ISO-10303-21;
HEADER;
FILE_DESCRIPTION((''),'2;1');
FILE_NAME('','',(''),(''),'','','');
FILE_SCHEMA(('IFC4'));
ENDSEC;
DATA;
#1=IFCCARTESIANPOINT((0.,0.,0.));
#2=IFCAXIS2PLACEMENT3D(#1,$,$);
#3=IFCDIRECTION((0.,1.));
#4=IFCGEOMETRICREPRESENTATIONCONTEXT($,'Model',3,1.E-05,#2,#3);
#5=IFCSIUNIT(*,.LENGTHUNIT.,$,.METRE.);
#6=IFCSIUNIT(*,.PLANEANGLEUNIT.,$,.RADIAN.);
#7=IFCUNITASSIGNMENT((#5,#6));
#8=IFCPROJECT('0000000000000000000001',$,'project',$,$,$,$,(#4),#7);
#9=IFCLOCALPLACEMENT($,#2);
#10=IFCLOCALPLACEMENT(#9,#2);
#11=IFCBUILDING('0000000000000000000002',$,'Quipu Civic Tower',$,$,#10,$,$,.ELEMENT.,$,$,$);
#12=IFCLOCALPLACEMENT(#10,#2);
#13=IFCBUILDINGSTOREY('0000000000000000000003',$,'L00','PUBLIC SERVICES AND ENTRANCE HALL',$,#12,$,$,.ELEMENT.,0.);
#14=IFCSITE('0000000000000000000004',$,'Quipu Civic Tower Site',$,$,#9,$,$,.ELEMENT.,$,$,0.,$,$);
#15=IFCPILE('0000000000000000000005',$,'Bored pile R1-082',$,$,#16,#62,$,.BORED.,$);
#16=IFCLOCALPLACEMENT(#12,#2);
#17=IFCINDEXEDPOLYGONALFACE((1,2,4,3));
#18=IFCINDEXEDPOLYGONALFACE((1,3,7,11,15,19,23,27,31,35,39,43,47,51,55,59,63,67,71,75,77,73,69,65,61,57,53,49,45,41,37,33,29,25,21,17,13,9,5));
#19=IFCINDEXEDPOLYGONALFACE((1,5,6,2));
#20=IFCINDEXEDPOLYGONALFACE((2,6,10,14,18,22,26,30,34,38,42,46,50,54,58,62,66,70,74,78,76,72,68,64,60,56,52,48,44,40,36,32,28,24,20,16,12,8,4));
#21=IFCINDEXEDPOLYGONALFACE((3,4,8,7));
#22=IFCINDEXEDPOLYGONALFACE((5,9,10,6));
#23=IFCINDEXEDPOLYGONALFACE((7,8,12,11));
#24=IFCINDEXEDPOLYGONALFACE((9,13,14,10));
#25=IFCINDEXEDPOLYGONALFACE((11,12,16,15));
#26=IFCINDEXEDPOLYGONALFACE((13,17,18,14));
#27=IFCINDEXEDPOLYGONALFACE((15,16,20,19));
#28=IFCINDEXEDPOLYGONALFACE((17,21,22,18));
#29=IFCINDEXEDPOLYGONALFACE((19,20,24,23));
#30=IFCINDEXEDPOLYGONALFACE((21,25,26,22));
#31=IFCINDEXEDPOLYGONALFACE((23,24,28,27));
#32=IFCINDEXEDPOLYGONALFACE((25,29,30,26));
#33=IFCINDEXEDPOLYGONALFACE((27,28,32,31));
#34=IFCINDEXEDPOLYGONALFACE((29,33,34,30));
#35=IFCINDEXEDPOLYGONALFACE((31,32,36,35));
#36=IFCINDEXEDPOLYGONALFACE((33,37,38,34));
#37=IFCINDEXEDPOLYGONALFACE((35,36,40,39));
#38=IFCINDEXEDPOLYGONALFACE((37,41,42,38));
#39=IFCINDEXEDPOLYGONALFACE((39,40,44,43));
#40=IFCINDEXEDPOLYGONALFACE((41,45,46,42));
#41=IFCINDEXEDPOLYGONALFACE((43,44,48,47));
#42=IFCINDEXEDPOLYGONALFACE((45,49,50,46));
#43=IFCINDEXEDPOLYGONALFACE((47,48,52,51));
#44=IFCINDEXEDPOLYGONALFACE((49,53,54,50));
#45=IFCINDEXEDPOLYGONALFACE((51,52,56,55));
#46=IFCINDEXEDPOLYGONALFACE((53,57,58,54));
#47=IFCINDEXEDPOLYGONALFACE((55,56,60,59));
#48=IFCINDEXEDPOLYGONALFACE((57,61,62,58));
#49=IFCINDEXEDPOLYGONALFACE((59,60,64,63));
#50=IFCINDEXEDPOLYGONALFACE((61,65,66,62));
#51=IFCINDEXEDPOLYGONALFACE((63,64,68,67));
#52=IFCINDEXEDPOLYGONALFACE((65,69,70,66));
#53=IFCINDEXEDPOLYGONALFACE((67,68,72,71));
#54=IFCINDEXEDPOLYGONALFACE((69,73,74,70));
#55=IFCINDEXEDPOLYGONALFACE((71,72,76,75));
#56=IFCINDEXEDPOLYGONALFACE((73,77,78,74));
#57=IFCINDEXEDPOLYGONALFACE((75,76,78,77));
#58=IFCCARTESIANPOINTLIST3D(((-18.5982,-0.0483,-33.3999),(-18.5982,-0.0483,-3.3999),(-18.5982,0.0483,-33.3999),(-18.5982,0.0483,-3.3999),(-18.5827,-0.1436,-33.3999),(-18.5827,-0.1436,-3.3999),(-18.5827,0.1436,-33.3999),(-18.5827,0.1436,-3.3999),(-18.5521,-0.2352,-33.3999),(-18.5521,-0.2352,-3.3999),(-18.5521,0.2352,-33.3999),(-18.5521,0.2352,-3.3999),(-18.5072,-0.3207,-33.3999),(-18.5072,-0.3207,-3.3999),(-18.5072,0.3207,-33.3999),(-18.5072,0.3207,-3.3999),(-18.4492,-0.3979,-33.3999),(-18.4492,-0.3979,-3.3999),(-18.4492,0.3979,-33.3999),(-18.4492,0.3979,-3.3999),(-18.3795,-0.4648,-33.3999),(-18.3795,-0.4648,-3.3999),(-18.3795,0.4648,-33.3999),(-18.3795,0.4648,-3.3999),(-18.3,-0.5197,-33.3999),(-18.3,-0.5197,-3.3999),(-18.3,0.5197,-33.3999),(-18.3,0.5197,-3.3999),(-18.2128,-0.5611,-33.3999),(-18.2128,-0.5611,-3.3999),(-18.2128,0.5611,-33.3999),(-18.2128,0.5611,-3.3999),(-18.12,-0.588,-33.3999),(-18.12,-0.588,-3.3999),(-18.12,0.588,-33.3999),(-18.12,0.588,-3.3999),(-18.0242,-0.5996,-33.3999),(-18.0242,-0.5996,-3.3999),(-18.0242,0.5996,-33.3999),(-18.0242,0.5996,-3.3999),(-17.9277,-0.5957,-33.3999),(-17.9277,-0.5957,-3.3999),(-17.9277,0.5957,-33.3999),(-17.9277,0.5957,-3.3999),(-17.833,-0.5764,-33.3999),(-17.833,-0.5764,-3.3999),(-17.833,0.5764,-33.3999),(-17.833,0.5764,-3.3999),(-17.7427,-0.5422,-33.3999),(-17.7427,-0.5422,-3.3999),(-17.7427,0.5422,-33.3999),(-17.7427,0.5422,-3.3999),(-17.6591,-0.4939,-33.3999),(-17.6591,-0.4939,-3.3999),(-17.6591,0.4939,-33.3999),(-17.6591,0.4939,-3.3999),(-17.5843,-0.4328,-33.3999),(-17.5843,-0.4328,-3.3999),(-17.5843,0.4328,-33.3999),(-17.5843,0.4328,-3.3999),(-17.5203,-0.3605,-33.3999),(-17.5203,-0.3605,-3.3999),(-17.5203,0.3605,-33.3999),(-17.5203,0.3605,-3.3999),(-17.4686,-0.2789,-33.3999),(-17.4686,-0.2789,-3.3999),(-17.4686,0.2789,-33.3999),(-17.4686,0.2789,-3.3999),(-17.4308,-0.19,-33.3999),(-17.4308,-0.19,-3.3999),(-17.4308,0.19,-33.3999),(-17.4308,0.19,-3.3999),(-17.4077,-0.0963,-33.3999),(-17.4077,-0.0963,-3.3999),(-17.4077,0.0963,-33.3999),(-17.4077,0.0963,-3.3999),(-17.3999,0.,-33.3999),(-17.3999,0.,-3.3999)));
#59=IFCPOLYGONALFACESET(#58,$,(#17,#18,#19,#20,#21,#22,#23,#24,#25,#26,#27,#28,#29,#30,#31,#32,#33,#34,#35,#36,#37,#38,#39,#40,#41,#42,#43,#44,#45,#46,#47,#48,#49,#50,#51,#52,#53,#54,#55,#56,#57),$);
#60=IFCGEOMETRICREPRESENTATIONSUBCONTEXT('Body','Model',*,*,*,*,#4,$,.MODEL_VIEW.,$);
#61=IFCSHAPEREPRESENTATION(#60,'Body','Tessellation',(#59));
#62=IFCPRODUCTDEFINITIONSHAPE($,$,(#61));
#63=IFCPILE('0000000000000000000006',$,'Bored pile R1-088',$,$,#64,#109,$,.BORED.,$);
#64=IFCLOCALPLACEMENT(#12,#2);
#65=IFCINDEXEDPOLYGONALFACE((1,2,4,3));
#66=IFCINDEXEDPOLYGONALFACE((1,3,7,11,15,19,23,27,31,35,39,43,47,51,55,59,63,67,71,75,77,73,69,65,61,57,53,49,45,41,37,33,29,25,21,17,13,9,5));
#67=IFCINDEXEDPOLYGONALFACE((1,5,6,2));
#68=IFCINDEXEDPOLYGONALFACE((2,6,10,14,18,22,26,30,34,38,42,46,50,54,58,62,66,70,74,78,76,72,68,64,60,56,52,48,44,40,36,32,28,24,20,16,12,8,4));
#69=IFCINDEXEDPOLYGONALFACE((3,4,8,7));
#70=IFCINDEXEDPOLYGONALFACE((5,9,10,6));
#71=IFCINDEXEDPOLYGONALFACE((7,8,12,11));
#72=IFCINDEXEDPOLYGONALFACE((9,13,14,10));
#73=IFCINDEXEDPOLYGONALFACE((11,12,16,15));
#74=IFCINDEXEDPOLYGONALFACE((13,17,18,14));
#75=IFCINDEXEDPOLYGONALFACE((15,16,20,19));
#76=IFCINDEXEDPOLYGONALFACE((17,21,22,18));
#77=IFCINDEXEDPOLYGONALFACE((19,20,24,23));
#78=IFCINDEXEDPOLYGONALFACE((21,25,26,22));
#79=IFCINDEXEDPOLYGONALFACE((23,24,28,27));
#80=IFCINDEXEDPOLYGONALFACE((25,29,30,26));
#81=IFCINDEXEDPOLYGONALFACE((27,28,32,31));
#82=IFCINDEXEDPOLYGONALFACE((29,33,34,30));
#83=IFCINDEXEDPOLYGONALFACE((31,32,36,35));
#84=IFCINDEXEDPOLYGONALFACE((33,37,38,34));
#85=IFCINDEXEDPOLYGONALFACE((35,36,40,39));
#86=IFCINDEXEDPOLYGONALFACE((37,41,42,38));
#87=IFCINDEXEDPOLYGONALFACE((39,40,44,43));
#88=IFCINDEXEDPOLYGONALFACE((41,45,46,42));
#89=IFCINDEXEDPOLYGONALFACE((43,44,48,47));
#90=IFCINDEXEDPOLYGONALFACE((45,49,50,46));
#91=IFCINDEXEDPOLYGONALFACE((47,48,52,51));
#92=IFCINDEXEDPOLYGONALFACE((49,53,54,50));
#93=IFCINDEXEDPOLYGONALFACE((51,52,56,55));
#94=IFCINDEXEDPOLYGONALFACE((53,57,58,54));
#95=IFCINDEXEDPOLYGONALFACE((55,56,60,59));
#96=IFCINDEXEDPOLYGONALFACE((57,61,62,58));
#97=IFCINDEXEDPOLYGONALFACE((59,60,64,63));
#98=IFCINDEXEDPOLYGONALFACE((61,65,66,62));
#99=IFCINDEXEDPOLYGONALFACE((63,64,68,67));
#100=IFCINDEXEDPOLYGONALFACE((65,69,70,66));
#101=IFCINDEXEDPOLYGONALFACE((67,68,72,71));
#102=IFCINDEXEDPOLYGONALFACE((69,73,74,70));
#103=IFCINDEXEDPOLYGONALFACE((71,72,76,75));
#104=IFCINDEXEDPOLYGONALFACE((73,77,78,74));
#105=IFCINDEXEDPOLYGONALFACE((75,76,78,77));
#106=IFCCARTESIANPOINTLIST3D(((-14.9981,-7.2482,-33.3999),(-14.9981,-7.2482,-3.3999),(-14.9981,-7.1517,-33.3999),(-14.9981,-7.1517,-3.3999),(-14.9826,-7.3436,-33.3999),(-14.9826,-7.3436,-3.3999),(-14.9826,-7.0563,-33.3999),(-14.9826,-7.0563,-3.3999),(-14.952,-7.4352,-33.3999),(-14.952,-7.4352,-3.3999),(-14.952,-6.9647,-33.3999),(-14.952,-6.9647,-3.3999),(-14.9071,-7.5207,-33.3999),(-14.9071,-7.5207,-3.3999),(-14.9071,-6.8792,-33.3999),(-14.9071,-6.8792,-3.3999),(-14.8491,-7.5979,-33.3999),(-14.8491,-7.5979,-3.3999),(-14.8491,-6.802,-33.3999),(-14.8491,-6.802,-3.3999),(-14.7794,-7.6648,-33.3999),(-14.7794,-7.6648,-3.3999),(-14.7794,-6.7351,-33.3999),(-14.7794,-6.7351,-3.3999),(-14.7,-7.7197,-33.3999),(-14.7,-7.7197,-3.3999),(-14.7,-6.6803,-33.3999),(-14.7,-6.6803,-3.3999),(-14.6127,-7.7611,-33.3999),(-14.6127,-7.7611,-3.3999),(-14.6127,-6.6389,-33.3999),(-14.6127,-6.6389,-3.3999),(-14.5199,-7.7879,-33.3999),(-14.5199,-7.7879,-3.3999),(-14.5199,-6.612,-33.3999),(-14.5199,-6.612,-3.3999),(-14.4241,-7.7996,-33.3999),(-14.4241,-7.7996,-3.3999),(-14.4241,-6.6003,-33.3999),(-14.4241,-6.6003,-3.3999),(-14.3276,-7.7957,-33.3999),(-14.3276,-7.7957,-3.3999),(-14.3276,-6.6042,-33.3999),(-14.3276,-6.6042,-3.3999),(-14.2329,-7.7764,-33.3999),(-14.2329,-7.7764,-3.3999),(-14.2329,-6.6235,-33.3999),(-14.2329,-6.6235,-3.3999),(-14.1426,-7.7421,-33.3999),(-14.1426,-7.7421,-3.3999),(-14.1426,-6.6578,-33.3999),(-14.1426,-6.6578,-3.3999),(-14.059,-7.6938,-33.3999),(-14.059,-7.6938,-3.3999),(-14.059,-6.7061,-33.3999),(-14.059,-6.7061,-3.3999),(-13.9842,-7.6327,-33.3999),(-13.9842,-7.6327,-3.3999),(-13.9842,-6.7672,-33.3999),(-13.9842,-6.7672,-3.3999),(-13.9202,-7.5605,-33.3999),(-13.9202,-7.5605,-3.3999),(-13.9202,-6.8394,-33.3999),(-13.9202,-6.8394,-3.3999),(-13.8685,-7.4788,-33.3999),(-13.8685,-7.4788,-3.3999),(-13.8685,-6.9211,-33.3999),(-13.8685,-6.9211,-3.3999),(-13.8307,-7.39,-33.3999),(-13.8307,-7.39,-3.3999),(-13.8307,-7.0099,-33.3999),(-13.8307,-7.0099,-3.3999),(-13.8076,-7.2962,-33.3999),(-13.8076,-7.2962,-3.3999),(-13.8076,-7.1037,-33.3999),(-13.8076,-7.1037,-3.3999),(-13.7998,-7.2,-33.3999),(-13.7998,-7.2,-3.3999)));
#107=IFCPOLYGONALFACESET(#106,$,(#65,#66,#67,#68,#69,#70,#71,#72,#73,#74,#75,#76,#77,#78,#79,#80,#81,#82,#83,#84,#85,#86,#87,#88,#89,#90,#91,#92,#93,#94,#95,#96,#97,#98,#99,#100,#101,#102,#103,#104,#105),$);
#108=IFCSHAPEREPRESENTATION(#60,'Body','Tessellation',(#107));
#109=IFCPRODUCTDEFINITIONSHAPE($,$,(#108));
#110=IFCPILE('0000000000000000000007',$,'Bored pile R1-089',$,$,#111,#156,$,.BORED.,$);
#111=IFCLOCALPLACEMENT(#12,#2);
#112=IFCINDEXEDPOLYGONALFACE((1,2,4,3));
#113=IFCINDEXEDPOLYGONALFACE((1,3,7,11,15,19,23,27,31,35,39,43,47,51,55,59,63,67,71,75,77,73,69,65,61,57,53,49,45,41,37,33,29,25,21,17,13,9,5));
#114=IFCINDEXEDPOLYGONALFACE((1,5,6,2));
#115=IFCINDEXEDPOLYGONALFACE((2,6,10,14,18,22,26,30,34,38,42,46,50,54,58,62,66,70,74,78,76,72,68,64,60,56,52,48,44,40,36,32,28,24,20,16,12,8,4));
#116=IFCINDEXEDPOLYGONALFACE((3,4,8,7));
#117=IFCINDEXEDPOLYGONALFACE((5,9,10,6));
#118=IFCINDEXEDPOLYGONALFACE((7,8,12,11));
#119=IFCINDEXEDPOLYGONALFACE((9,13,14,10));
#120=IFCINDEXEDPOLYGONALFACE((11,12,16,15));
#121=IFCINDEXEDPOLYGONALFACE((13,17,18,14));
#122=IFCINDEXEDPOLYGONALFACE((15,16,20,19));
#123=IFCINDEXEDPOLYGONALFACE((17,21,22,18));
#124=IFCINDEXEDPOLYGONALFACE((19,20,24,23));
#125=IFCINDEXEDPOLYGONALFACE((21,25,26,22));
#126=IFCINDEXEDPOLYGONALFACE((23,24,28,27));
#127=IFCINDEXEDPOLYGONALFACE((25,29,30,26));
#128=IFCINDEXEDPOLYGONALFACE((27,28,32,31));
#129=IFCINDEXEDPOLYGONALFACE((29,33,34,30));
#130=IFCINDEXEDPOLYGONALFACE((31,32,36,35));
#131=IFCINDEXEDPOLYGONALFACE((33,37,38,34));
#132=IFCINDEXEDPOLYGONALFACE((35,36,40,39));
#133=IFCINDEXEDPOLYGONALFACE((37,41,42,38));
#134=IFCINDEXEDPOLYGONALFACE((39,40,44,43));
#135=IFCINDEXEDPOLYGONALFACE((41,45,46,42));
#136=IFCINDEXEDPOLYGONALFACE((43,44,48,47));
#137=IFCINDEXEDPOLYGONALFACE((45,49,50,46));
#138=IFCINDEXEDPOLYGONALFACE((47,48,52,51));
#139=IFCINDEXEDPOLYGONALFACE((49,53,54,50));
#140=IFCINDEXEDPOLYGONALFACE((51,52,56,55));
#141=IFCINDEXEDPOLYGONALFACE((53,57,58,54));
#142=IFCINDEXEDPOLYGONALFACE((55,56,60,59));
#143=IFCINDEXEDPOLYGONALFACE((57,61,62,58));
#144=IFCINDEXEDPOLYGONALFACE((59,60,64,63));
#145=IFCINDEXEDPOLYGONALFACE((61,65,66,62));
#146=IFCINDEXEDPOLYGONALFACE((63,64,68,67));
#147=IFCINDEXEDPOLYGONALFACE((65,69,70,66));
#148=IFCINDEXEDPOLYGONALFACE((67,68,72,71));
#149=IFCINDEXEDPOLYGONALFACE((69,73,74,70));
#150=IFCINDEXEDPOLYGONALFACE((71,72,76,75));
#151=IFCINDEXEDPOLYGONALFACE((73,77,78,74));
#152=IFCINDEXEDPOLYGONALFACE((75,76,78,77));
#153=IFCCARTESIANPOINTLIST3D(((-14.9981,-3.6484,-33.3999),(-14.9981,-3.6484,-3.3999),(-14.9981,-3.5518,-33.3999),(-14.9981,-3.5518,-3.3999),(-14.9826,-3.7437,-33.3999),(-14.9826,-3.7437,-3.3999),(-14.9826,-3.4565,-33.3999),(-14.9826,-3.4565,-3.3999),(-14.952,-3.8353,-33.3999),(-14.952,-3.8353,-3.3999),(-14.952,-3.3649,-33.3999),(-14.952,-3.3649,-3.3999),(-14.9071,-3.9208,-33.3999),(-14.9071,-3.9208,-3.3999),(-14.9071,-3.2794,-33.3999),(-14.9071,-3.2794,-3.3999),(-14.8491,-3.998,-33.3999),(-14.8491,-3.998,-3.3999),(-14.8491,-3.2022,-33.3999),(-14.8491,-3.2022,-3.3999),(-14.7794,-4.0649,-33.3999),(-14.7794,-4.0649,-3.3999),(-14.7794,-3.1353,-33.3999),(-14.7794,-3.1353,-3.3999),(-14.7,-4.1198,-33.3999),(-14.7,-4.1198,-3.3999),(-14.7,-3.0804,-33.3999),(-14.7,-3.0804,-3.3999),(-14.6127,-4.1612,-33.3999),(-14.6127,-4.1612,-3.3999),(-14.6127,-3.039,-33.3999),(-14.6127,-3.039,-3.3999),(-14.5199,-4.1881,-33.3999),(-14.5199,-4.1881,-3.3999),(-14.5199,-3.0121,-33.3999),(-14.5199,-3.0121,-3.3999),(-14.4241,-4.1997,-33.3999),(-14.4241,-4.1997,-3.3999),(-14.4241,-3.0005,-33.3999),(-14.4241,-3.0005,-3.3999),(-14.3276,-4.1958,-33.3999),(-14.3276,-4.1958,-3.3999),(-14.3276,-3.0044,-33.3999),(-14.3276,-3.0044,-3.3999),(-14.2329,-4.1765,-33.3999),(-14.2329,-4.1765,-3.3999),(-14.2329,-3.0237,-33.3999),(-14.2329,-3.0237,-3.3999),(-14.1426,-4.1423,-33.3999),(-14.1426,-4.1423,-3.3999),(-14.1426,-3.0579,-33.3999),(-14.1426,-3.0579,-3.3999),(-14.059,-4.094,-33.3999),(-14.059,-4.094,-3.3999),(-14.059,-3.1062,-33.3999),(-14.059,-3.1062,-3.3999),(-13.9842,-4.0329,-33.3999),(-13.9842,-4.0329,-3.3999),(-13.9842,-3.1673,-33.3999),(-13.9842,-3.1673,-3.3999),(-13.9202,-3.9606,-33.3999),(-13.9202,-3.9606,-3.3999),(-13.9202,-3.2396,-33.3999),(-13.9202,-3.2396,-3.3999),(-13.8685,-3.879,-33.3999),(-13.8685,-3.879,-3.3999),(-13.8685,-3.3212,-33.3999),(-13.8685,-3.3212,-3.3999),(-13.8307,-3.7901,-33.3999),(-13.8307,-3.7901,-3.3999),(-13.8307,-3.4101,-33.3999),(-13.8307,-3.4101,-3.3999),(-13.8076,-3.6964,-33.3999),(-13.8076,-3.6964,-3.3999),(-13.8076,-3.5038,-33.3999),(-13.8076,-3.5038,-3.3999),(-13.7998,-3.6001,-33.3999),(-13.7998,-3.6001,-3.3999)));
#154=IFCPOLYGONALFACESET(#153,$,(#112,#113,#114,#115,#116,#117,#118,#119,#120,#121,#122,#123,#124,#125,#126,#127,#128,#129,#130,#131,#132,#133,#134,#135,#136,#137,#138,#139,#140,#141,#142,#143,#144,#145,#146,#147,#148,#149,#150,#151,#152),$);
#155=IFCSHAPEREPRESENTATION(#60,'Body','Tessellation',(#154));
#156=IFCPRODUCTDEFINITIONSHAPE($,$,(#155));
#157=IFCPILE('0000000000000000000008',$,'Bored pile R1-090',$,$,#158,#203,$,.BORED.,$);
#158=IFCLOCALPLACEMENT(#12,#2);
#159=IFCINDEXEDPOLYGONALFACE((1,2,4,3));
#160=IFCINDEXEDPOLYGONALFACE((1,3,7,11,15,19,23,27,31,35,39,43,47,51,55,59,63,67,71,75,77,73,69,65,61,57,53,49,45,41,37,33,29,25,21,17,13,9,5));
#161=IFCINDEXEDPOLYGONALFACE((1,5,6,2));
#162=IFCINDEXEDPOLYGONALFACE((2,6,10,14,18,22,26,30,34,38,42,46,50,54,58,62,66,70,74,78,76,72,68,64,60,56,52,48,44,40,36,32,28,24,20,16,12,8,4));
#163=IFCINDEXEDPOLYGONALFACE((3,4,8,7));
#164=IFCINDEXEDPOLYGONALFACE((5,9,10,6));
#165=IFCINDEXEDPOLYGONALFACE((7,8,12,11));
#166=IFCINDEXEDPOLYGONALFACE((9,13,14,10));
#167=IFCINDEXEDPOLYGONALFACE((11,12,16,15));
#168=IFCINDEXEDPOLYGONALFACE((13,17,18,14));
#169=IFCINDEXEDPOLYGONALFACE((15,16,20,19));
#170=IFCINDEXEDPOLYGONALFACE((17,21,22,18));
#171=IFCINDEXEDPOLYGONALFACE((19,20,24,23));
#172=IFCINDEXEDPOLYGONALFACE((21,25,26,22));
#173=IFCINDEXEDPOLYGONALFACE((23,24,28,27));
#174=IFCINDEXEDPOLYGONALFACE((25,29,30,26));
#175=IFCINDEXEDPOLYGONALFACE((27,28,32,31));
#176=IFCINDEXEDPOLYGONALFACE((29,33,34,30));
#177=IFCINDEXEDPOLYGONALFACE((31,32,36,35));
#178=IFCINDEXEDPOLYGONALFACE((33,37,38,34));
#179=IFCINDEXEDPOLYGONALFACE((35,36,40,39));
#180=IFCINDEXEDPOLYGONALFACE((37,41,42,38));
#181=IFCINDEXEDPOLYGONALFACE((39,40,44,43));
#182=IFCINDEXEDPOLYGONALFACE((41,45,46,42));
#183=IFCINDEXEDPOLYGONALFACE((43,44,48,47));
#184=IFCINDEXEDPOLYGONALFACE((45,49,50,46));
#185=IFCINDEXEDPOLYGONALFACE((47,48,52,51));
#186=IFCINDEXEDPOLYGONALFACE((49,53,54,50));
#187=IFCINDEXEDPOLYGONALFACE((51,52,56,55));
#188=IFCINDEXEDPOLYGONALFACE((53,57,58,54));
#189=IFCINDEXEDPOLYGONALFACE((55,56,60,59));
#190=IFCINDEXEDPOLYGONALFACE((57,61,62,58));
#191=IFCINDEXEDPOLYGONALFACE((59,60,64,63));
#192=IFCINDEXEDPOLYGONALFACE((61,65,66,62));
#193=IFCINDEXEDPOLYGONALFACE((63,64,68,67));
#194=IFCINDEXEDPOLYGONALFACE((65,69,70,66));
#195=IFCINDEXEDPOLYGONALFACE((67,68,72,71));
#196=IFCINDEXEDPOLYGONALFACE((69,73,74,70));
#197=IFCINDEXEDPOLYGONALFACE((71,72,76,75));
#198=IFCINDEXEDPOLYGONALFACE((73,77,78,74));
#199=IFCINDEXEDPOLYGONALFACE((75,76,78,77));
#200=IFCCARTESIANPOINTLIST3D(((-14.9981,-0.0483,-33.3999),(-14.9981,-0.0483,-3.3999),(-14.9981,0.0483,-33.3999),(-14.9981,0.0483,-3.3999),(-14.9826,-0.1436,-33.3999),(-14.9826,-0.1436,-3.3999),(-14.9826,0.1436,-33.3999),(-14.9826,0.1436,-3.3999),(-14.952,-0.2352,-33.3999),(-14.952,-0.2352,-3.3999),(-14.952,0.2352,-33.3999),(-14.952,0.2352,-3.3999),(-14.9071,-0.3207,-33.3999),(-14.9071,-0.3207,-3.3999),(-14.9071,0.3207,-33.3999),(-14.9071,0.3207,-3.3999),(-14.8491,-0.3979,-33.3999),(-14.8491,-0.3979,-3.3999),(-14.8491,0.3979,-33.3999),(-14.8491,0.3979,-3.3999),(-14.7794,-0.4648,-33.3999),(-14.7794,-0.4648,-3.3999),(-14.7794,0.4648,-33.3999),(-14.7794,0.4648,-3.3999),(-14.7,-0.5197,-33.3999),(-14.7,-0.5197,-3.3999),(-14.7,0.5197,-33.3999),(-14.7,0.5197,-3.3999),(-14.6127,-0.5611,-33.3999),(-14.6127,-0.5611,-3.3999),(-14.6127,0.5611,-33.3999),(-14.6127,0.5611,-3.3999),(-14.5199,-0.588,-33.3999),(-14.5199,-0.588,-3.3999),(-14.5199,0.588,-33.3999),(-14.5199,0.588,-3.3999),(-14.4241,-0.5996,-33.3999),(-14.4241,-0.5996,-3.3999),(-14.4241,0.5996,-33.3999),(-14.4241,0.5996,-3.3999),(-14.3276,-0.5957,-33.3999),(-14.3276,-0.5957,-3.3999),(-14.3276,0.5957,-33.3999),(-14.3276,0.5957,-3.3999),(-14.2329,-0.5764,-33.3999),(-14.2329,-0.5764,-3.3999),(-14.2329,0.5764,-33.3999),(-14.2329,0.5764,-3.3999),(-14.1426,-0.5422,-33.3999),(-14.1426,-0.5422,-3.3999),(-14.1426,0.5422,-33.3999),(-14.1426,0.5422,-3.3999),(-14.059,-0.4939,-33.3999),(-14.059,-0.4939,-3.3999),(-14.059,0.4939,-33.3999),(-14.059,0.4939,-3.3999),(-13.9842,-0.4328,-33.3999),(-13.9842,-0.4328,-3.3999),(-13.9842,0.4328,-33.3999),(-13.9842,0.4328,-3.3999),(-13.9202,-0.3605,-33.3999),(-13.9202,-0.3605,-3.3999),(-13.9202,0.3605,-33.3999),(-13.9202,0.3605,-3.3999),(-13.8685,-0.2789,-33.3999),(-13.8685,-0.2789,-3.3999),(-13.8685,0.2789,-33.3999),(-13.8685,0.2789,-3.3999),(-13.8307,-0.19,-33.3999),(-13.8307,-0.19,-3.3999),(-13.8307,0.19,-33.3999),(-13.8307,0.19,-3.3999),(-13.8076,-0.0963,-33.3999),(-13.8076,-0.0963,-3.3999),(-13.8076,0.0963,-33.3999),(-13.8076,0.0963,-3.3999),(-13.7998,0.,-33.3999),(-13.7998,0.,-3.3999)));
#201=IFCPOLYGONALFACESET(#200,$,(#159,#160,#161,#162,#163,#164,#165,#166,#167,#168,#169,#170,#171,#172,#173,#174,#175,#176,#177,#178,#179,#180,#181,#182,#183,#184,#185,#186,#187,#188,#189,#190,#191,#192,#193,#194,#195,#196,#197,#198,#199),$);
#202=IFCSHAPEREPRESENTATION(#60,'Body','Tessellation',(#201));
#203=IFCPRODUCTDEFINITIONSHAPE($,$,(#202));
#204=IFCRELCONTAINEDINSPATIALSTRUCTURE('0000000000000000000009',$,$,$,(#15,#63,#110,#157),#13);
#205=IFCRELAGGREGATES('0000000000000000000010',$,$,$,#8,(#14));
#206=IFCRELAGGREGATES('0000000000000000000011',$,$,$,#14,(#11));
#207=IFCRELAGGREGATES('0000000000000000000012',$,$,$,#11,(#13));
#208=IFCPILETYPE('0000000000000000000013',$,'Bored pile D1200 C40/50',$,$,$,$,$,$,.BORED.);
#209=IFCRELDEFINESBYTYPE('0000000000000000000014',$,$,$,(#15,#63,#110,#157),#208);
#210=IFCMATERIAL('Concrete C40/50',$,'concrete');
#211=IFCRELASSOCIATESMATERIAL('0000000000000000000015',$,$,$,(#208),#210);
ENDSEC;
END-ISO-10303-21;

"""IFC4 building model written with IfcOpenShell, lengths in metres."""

from ifc_helpers import new_model, si_unit, direction, frame, origin, origin_2d, place, context, subcontext, project, spatial, circle, extrude, material, material_profile, profile_set, type_object, element, save


model = new_model("IFC4")

# Units and contexts
model_context = context("Model", 3, precision=1e-05, world=origin(), true_north=direction((0.0, 1.0)))
body_context = subcontext(model_context, "Body", "Model", "MODEL_VIEW")
ifc_project = project(units=[si_unit("LENGTHUNIT", "METRE"), si_unit("PLANEANGLEUNIT", "RADIAN")], contexts=[model_context])

# Site, building, storey
site_placement = place(None, origin())
site = spatial("IfcSite", under=ifc_project, at=site_placement, Name="Quipu Civic Tower Site", CompositionType="ELEMENT", RefElevation=0.0)
building_placement = place(site_placement, origin())
building = spatial("IfcBuilding", under=site, at=building_placement, Name="Quipu Civic Tower", CompositionType="ELEMENT")
storey_placement = place(building_placement, origin())
storey = spatial("IfcBuildingStorey", under=building, at=storey_placement, Name="L00", Description="PUBLIC SERVICES AND ENTRANCE HALL", CompositionType="ELEMENT", Elevation=0.0)

# Piles
ifc_material_1 = material(Name="Concrete C40/50", Category="concrete")
ifc_material_profile = material_profile(ifc_material_1, circle(Radius=0.6001, at=origin_2d()), Name="RCD1200")
ifc_profile_set = profile_set([ifc_material_profile], Name="Concrete C40/50")
pile_type = type_object("IfcPileType", Name="Bored pile D1200 C40/50", PredefinedType="BORED", material=ifc_profile_set)
for number, where, z_axis, x_axis, name in (
    (1, (-18.0, 0.0, -3.3999), (0.0, 0.0, -1.0), (1.0, 0.0, 0.0), "Bored pile R1-082"),
    (2, (-14.3999, -7.2, -3.3999), (0.0, 0.0, -1.0), (1.0, 0.0, 0.0), "Bored pile R1-088"),
    (3, (-14.3999, -3.6001, -3.3999), (0.0, 0.0, -1.0), (1.0, 0.0, 0.0), "Bored pile R1-089"),
    (4, (-14.3999, 0.0, -3.3999), (0.0, 0.0, -1.0), (1.0, 0.0, 0.0), "Bored pile R1-090"),
):
    element("IfcPile", number, at=place(storey_placement, frame(where, z_axis=z_axis, x_axis=x_axis)), inside=storey, type_object=pile_type, Name=name, PredefinedType="BORED", context=body_context, shape_type="SweptSolid", body=[
        extrude(circle(Radius=0.6001, at=origin_2d()), origin(), (0.0, 0.0, 1.0), 30.0),
    ])

save(model, "model.ifc")
